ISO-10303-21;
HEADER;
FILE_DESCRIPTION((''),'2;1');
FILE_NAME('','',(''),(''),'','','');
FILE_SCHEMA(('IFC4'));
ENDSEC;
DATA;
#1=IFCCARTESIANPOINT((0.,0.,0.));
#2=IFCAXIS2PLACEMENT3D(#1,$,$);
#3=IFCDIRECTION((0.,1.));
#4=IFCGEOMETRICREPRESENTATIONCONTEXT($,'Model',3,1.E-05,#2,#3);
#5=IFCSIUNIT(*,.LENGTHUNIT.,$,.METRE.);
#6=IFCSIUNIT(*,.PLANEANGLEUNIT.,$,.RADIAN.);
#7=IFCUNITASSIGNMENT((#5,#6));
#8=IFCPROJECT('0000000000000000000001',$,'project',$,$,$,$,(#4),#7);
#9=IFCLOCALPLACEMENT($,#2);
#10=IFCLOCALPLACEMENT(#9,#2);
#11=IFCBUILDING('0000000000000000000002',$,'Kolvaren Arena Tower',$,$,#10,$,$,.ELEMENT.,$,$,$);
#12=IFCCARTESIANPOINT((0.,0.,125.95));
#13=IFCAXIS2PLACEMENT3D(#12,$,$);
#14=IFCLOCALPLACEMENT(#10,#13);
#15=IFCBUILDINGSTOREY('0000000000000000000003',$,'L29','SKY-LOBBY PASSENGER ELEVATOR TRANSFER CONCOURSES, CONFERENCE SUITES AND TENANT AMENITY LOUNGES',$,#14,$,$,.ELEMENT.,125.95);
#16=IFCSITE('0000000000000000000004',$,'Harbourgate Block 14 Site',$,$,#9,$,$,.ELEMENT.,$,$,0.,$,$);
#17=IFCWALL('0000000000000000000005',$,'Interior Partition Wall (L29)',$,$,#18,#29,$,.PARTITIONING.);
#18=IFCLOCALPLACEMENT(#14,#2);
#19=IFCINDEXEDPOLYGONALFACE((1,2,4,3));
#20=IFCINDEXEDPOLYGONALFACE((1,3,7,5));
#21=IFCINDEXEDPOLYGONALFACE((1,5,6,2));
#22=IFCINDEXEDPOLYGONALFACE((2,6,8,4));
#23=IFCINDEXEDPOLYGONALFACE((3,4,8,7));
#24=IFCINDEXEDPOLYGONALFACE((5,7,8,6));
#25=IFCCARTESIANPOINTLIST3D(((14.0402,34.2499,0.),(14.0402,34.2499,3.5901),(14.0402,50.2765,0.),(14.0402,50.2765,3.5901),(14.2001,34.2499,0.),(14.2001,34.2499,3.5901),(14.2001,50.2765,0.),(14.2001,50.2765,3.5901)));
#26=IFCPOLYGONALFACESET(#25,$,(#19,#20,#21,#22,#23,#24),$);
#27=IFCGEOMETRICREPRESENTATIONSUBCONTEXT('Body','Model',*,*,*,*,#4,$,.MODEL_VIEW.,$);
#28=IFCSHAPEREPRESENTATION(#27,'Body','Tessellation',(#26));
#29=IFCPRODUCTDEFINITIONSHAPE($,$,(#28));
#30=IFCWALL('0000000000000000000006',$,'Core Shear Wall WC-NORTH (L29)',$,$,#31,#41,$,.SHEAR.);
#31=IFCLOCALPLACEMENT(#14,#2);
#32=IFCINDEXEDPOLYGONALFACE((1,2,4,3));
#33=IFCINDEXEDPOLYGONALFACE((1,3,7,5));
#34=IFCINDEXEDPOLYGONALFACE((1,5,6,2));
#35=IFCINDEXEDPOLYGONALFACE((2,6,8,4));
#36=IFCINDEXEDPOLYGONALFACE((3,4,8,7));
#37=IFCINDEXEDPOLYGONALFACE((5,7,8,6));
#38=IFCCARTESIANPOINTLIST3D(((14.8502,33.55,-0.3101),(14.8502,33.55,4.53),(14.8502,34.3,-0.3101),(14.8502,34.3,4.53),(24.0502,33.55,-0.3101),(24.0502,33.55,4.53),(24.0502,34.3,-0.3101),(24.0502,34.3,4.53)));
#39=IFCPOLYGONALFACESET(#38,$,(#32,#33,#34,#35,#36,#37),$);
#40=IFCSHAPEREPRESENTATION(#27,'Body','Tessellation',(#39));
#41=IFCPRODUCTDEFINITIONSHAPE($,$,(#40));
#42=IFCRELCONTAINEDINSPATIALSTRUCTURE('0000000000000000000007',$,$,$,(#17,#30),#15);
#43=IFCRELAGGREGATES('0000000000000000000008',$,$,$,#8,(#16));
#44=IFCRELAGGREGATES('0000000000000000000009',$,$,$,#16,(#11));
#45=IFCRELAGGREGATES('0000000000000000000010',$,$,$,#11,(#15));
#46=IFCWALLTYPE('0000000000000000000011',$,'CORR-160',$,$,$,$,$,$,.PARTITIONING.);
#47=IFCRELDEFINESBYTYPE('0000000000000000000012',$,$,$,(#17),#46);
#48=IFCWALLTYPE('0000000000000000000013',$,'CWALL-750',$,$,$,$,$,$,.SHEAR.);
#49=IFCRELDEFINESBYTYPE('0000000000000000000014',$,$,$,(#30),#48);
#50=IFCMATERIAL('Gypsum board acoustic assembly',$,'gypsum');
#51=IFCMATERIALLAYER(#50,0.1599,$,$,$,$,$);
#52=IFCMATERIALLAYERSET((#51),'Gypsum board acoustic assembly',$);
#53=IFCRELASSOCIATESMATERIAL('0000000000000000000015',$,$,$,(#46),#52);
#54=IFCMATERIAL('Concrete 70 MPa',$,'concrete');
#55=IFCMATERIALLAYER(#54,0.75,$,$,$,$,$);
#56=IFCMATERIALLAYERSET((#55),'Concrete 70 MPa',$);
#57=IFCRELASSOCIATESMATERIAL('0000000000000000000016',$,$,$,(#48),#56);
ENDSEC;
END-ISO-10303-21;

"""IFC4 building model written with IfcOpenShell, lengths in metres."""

from ifc_helpers import new_model, si_unit, direction, frame, frame_2d, origin, place, context, subcontext, project, spatial, rectangle, extrude, material, layer, layer_set, type_object, element, save


model = new_model("IFC4")

# Units and contexts
model_context = context("Model", 3, precision=1e-05, world=origin(), true_north=direction((0.0, 1.0)))
body_context = subcontext(model_context, "Body", "Model", "MODEL_VIEW")
ifc_project = project(units=[si_unit("LENGTHUNIT", "METRE"), si_unit("PLANEANGLEUNIT", "RADIAN")], contexts=[model_context])

# Site, building, storey
site_placement = place(None, origin())
site = spatial("IfcSite", under=ifc_project, at=site_placement, Name="Harbourgate Block 14 Site", CompositionType="ELEMENT", RefElevation=0.0)
building_placement = place(site_placement, origin())
building = spatial("IfcBuilding", under=site, at=building_placement, Name="Kolvaren Arena Tower", CompositionType="ELEMENT")
storey_placement = place(building_placement, frame((0.0, 0.0, 125.95)))
storey = spatial("IfcBuildingStorey", under=building, at=storey_placement, Name="L29", Description="SKY-LOBBY PASSENGER ELEVATOR TRANSFER CONCOURSES, CONFERENCE SUITES AND TENANT AMENITY LOUNGES", CompositionType="ELEMENT", Elevation=125.95)

# Walls
ifc_material_1 = material(Name="Gypsum board acoustic assembly", Category="gypsum")
ifc_layer_1 = layer(ifc_material_1, 0.1599)
ifc_layer_set_1 = layer_set([ifc_layer_1], Name="Gypsum board acoustic assembly")
wall_type_1 = type_object("IfcWallType", Name="CORR-160", PredefinedType="PARTITIONING", material=ifc_layer_set_1)
wall_1_placement = place(storey_placement, frame((14.1201, 34.25, 0.0), z_axis=(0.0, 0.0, 1.0), x_axis=(0.0, 1.0, 0.0)))
element("IfcWall", 1, at=wall_1_placement, inside=storey, type_object=wall_type_1, Name="Interior Partition Wall (L29)", PredefinedType="PARTITIONING", context=body_context, shape_type="SweptSolid", body=[
    extrude(rectangle(XDim=16.0266, YDim=0.1599, at=frame_2d((8.0132, 0.0))), origin(), (0.0, 0.0, 1.0), 3.5901),
])
ifc_material_2 = material(Name="Concrete 70 MPa", Category="concrete")
ifc_layer_2 = layer(ifc_material_2, 0.75)
ifc_layer_set_2 = layer_set([ifc_layer_2], Name="Concrete 70 MPa")
wall_type_2 = type_object("IfcWallType", Name="CWALL-750", PredefinedType="SHEAR", material=ifc_layer_set_2)
wall_2_placement = place(storey_placement, frame((14.8501, 33.925, -0.3101), z_axis=(0.0, 0.0, 1.0), x_axis=(1.0, 0.0, 0.0)))
element("IfcWall", 2, at=wall_2_placement, inside=storey, type_object=wall_type_2, Name="Core Shear Wall WC-NORTH (L29)", PredefinedType="SHEAR", context=body_context, shape_type="SweptSolid", body=[
    extrude(rectangle(XDim=9.2, YDim=0.75, at=frame_2d((4.6001, 0.0))), origin(), (0.0, 0.0, 1.0), 4.8401),
])

save(model, "model.ifc")
